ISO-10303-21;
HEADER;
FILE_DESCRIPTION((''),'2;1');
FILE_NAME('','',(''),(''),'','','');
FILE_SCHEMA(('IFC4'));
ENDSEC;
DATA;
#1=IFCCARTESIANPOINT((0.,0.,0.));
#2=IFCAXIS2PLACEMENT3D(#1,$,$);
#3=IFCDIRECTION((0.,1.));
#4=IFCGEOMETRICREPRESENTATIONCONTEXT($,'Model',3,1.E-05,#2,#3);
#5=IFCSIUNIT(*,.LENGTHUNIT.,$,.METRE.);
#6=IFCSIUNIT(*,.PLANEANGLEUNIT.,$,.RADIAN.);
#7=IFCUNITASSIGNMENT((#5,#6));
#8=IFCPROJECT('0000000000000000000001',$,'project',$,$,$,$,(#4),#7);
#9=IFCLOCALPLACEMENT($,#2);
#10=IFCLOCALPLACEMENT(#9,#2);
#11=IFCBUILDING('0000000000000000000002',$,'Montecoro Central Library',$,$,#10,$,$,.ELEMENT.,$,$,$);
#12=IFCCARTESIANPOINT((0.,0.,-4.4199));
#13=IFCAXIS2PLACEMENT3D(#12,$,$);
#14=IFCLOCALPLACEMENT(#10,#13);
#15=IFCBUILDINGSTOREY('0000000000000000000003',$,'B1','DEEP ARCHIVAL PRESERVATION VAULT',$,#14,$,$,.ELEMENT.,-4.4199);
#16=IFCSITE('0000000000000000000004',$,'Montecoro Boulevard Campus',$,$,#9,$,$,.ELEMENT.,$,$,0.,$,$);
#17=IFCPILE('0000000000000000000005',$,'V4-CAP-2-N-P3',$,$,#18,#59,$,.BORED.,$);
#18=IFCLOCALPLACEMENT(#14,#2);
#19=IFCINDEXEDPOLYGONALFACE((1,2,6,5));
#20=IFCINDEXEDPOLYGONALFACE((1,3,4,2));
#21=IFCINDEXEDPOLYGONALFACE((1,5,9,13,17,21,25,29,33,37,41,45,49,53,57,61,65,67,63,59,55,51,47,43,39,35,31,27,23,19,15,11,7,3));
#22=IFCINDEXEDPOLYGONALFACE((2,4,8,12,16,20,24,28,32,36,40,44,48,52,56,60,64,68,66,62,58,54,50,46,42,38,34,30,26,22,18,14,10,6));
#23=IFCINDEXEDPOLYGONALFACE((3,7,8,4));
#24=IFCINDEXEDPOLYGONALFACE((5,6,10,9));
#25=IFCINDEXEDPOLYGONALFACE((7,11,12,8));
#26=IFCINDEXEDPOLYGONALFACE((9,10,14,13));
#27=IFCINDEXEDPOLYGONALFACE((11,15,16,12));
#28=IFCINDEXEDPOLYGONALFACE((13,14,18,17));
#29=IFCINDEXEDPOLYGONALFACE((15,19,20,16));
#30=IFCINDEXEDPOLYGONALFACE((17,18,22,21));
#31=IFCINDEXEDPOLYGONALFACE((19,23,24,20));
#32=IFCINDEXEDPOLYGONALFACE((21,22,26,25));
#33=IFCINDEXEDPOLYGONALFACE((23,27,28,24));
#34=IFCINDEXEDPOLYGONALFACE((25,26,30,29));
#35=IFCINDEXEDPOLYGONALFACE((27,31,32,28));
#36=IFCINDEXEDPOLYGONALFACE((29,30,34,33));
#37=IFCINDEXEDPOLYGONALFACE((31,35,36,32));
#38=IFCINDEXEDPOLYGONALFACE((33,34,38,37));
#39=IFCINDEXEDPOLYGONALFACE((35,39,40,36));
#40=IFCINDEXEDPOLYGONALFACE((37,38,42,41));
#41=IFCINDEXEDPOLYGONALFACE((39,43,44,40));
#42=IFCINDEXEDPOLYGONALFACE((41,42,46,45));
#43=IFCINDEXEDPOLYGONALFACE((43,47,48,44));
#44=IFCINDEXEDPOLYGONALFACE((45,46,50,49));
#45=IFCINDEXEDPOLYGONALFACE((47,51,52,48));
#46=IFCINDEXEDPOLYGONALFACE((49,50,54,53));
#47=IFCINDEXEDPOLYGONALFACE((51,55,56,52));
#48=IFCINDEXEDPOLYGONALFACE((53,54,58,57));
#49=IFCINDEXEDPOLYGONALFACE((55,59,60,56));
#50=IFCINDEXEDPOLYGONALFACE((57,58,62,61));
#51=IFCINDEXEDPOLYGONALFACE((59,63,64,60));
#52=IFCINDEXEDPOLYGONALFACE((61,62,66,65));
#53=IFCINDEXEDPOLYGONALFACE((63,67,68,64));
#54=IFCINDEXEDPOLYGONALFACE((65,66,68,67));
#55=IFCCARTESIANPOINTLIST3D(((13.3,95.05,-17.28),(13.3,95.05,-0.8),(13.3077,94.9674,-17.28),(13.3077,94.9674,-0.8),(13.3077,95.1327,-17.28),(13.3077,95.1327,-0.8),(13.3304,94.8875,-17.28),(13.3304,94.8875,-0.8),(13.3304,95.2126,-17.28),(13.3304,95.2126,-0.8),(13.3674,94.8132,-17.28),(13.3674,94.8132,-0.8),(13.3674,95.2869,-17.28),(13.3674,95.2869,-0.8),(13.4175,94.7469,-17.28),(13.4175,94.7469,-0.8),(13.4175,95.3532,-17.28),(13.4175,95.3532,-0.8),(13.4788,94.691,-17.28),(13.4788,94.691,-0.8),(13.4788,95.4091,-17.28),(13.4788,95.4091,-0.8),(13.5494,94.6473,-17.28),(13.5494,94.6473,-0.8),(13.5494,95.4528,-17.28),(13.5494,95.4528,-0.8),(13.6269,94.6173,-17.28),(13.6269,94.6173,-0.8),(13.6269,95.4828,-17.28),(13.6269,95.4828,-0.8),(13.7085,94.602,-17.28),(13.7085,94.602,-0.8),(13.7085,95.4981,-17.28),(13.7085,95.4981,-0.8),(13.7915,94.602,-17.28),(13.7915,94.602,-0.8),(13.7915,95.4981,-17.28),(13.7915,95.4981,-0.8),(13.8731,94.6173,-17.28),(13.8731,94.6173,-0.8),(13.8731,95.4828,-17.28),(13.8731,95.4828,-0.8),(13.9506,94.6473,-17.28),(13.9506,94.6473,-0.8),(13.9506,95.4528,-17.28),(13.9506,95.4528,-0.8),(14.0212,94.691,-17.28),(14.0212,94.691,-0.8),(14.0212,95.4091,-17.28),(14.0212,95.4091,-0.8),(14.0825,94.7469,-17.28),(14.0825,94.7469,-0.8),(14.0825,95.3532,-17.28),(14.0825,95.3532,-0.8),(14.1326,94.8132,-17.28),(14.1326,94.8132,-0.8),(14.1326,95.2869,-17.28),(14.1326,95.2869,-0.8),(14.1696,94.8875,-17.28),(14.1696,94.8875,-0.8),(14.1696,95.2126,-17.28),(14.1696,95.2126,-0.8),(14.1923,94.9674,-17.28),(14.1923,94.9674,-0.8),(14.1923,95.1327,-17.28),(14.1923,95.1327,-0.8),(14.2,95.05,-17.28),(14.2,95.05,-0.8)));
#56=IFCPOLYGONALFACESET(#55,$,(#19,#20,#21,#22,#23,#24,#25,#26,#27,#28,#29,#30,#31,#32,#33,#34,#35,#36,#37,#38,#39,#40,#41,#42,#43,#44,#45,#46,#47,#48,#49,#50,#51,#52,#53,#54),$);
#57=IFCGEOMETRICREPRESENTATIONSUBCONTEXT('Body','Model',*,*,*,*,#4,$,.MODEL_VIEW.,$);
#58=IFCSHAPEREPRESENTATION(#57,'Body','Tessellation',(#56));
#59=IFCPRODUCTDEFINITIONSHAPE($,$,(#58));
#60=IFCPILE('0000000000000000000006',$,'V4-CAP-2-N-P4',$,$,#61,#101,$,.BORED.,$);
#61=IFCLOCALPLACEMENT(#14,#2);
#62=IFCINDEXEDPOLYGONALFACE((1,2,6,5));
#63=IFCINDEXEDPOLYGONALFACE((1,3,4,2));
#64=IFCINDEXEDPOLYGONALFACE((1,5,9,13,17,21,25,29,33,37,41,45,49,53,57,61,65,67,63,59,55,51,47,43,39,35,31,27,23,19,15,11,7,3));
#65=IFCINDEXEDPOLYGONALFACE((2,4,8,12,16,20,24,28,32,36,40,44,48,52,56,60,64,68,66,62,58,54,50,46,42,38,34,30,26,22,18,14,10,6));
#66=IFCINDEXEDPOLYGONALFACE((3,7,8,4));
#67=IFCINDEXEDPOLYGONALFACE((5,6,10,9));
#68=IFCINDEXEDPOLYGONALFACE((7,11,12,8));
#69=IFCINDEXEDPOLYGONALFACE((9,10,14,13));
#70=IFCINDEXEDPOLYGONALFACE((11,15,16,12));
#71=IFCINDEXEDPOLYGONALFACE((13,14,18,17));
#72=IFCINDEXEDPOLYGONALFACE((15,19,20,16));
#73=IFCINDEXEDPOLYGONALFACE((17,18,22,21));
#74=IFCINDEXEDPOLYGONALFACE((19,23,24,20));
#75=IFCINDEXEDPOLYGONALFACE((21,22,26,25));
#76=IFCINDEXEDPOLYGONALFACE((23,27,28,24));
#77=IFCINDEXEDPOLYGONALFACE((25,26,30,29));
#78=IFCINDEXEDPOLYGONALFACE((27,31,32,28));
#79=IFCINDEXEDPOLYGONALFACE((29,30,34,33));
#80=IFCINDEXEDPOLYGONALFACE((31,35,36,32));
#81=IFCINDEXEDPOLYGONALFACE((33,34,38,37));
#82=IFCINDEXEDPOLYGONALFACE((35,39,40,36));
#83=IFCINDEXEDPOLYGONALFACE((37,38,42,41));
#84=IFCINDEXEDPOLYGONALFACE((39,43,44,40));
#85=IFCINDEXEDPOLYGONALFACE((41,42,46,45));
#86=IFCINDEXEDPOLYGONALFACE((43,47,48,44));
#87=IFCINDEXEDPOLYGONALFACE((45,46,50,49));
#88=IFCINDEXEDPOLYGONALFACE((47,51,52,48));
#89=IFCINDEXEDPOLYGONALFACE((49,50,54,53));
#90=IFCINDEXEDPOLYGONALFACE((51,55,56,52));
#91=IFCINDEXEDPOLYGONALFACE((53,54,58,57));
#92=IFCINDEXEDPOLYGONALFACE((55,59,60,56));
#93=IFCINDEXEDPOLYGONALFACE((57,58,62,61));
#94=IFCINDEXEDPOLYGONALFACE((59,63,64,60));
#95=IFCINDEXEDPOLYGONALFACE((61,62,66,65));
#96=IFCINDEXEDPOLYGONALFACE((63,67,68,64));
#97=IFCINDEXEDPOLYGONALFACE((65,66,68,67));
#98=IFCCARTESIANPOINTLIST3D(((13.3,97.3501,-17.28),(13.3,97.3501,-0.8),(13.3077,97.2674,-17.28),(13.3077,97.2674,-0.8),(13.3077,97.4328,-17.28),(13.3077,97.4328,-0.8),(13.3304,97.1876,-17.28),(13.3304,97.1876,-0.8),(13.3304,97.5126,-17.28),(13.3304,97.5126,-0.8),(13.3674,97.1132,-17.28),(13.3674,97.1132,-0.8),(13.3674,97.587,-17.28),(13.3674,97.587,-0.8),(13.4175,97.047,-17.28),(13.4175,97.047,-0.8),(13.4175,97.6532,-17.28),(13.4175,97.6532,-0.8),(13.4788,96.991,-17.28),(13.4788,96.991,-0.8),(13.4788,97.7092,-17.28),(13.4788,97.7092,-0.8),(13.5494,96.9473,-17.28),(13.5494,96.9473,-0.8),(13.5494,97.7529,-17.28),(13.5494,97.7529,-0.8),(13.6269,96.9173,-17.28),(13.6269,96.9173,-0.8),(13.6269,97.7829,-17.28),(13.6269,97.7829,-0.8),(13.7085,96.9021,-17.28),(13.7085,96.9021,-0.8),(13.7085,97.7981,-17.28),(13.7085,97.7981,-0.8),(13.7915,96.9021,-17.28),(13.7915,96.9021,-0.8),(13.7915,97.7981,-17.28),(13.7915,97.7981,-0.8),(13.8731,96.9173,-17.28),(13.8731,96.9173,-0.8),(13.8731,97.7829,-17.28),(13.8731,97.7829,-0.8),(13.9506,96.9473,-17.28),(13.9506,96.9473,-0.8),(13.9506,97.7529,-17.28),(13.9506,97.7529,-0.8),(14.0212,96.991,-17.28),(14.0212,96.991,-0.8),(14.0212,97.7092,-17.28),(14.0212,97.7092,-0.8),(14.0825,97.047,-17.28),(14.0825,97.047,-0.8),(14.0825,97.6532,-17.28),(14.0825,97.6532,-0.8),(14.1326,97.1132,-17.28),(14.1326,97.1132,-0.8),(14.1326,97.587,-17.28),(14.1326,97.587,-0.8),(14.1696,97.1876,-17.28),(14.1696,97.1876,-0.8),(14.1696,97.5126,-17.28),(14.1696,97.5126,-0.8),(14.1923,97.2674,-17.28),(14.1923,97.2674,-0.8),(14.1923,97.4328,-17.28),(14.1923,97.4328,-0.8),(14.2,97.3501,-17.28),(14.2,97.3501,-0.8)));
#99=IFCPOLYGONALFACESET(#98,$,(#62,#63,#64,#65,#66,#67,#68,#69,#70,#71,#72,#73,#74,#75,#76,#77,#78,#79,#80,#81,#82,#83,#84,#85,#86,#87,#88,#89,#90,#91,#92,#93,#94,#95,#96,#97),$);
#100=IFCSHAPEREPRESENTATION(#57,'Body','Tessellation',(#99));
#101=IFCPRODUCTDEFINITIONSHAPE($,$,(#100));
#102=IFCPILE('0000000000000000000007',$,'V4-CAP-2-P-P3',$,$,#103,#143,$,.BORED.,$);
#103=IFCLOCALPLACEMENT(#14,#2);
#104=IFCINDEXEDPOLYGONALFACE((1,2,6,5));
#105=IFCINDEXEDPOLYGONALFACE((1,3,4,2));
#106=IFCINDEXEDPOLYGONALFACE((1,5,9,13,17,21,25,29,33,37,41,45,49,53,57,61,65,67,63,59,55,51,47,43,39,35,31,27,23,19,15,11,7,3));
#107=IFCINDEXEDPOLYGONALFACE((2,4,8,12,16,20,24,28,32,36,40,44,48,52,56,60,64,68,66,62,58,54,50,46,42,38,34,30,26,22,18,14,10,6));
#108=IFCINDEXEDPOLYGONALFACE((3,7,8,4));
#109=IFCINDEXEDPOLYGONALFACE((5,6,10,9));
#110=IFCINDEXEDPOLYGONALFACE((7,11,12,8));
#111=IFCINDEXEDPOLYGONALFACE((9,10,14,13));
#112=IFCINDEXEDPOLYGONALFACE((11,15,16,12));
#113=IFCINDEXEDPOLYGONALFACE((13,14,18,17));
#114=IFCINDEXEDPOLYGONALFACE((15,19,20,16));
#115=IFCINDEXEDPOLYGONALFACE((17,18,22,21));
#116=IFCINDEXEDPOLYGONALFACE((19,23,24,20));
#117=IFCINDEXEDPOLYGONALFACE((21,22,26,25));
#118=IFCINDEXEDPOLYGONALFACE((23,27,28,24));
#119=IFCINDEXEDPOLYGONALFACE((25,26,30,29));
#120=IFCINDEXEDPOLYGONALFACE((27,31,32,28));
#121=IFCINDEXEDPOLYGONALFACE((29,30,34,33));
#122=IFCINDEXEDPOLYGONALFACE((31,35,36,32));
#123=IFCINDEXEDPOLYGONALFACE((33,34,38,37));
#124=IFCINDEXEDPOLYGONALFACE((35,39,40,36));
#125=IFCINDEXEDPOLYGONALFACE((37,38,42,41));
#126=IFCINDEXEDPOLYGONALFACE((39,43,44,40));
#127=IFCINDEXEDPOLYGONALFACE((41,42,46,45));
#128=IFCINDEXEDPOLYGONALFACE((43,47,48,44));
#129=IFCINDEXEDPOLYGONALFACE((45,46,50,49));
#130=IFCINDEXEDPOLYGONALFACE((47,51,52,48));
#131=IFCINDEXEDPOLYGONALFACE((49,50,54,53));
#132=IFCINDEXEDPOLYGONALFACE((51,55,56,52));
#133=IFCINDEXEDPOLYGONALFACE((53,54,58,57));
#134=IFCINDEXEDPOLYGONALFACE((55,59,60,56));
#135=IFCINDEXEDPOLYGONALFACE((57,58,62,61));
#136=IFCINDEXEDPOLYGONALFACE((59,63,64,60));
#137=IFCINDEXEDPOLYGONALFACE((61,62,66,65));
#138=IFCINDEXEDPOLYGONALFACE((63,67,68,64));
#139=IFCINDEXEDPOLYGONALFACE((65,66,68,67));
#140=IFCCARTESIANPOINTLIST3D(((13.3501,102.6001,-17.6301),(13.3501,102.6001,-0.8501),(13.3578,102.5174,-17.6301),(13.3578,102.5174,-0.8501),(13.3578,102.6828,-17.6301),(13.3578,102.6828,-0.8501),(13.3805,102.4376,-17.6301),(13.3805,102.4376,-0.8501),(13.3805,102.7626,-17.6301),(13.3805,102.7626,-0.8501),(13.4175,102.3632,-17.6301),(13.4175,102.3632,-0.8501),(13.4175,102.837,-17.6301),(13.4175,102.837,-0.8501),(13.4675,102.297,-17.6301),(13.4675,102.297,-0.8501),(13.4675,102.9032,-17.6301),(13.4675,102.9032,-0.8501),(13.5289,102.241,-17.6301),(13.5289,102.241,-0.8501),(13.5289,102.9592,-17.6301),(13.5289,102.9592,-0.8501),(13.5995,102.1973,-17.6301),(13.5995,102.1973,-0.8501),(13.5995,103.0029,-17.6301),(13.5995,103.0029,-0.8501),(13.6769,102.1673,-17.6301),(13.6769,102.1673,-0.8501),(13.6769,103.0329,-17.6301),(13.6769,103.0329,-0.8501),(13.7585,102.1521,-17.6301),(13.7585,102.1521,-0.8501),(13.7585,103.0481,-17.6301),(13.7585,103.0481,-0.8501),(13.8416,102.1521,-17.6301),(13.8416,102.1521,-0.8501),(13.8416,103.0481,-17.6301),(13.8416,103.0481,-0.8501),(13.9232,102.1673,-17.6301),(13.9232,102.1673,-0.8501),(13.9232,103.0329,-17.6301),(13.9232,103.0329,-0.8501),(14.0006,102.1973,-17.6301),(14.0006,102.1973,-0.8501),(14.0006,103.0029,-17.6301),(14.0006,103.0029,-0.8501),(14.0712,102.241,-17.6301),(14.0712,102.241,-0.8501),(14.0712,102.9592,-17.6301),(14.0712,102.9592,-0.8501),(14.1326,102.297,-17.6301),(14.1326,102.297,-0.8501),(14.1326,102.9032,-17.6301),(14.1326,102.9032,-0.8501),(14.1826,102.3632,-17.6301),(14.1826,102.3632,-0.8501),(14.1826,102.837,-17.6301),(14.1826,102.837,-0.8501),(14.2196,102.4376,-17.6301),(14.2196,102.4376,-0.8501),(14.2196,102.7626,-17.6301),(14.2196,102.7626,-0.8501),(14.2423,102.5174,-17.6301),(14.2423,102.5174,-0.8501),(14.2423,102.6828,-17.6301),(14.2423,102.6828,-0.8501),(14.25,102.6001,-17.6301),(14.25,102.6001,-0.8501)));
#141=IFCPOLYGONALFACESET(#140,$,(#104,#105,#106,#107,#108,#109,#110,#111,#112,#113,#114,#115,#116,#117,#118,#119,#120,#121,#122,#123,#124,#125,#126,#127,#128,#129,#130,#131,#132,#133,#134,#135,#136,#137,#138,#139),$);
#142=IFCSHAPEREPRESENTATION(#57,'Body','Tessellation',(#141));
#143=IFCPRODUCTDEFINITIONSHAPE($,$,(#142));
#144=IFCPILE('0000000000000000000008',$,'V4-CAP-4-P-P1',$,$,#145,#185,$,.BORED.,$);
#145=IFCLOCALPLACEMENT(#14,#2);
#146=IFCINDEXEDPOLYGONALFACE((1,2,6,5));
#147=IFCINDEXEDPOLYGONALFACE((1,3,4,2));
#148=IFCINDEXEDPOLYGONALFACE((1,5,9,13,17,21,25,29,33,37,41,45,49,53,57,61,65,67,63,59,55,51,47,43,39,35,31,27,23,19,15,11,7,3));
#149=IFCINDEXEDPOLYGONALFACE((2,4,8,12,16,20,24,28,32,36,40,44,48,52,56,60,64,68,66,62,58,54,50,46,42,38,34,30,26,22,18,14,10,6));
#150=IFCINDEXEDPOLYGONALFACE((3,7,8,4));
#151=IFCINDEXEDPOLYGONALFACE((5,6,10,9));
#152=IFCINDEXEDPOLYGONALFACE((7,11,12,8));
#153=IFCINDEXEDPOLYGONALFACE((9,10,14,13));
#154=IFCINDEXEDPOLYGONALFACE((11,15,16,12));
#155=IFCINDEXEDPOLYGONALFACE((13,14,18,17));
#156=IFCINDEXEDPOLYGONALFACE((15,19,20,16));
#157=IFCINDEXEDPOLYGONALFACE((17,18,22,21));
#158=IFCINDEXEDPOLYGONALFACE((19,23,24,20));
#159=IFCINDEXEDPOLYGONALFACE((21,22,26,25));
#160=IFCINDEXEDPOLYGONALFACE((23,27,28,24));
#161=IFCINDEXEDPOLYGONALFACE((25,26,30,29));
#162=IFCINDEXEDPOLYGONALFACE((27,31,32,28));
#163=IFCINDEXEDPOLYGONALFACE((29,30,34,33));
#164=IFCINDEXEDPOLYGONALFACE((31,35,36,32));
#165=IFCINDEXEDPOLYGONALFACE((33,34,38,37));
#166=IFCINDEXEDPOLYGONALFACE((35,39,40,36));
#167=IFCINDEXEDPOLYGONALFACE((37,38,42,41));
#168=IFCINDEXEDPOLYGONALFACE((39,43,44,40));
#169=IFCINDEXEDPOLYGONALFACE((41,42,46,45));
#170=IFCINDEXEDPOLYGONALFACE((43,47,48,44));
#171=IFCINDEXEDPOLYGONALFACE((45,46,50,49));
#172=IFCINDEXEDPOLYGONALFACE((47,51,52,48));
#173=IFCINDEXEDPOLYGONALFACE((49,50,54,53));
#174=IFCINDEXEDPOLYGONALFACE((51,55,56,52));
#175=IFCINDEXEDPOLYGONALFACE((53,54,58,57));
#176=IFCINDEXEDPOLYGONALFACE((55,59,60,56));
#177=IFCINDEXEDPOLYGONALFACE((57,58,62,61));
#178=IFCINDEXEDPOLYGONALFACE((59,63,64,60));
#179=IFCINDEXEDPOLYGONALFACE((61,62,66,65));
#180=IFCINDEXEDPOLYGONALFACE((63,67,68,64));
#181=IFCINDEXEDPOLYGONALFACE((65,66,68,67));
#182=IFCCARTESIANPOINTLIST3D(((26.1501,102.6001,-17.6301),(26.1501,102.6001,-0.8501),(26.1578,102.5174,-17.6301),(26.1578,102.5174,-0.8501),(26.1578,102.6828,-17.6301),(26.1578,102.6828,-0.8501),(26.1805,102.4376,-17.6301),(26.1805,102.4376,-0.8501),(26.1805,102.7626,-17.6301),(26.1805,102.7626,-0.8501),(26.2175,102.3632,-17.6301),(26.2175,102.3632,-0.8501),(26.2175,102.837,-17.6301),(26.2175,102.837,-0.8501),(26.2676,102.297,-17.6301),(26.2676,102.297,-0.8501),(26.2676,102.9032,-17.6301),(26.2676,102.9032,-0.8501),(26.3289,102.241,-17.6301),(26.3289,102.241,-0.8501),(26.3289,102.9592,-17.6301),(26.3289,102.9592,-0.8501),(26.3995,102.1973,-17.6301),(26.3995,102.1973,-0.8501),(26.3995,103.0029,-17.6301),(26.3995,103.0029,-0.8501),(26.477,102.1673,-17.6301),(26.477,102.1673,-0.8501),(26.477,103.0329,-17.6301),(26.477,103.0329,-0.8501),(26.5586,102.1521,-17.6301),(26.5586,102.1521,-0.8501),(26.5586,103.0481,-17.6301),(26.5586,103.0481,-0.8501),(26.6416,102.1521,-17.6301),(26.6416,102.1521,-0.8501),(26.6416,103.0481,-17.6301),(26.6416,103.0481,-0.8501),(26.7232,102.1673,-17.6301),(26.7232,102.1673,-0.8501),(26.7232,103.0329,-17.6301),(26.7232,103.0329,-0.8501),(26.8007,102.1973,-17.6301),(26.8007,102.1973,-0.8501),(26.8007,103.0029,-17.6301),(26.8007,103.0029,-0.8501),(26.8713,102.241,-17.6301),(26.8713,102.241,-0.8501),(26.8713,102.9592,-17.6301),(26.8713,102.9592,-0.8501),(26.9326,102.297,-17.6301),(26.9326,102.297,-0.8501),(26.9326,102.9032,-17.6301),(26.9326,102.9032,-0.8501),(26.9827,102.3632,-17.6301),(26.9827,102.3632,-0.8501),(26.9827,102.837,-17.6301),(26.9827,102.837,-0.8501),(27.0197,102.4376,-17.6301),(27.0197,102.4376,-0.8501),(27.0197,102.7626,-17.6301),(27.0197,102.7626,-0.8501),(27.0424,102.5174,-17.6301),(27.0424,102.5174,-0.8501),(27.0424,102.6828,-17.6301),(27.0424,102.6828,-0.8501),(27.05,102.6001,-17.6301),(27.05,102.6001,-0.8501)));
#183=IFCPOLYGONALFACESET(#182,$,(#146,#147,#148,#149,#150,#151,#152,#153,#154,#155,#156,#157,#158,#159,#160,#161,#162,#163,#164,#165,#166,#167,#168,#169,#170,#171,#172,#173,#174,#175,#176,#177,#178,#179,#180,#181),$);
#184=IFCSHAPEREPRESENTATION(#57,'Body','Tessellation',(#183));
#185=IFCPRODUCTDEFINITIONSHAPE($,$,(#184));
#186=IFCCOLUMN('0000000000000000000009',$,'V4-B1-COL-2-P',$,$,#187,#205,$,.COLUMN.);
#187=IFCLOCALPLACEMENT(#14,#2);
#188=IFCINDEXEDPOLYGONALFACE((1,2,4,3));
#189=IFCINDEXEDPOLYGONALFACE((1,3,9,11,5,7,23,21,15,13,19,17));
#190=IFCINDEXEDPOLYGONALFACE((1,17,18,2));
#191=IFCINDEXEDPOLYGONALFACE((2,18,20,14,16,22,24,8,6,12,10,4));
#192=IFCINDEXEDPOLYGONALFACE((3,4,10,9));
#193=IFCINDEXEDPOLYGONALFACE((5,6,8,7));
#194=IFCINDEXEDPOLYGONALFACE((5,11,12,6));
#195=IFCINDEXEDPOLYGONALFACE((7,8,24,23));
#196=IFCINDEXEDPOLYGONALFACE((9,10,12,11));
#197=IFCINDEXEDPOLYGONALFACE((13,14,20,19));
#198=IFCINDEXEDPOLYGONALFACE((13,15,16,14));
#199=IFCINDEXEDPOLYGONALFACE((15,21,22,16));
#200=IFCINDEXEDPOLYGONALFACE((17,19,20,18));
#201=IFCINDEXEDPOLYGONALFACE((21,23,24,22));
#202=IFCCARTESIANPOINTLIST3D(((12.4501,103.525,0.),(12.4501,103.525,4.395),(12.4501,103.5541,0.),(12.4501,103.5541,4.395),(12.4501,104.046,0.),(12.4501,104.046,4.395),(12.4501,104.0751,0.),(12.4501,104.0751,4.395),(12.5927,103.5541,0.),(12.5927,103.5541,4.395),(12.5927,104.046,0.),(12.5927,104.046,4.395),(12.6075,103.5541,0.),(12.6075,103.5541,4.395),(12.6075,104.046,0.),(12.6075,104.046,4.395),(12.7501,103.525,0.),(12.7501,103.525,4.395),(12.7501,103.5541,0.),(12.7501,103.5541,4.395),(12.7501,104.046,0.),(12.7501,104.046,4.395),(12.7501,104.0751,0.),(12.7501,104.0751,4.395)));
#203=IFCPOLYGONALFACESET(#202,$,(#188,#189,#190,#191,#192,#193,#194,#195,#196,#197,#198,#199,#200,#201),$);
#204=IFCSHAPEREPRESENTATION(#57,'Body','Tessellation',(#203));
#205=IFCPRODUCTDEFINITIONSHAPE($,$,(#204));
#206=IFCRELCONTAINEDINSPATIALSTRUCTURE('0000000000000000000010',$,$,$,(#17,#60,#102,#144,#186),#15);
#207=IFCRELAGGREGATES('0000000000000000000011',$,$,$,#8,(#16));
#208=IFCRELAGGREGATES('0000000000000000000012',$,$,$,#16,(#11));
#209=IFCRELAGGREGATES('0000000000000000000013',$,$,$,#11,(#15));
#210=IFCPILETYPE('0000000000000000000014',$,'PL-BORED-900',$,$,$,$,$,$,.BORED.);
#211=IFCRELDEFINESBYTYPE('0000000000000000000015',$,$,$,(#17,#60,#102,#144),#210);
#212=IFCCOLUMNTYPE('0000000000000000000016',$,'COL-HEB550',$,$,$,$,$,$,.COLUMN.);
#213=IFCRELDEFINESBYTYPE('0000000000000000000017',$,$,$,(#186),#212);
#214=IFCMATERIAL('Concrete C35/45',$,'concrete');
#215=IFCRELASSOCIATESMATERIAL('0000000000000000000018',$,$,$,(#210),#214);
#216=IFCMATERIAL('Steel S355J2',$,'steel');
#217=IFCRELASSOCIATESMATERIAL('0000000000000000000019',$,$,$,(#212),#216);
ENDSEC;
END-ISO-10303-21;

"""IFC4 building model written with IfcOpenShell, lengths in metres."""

from ifc_helpers import new_model, si_unit, direction, frame, origin, origin_2d, place, context, subcontext, project, spatial, circle, i_section, extrude, material, material_profile, profile_set, type_object, element, save


model = new_model("IFC4")

# Units and contexts
model_context = context("Model", 3, precision=1e-05, world=origin(), true_north=direction((0.0, 1.0)))
body_context = subcontext(model_context, "Body", "Model", "MODEL_VIEW")
ifc_project = project(units=[si_unit("LENGTHUNIT", "METRE"), si_unit("PLANEANGLEUNIT", "RADIAN")], contexts=[model_context])

# Site, building, storey
site_placement = place(None, origin())
site = spatial("IfcSite", under=ifc_project, at=site_placement, Name="Montecoro Boulevard Campus", CompositionType="ELEMENT", RefElevation=0.0)
building_placement = place(site_placement, origin())
building = spatial("IfcBuilding", under=site, at=building_placement, Name="Montecoro Central Library", CompositionType="ELEMENT")
storey_placement = place(building_placement, frame((0.0, 0.0, -4.4199)))
storey = spatial("IfcBuildingStorey", under=building, at=storey_placement, Name="B1", Description="DEEP ARCHIVAL PRESERVATION VAULT", CompositionType="ELEMENT", Elevation=-4.4199)

# Shared definitions
ifc_material_1 = material(Name="Concrete C35/45", Category="concrete")

# Piles
ifc_material_profile_1 = material_profile(ifc_material_1, circle(Radius=0.45, at=origin_2d()), Name="PILE D900")
ifc_profile_set_1 = profile_set([ifc_material_profile_1], Name="Concrete C35/45")
pile_type_1 = type_object("IfcPileType", Name="PL-BORED-900", PredefinedType="BORED", material=ifc_profile_set_1)
for number, where, z_axis, x_axis, name in (
    (1, (13.75, 95.05, -0.8), (0.0, 0.0, -1.0), (1.0, 0.0, 0.0), "V4-CAP-2-N-P3"),
    (2, (13.75, 97.3501, -0.8), (0.0, 0.0, -1.0), (1.0, 0.0, 0.0), "V4-CAP-2-N-P4"),
):
    element("IfcPile", number, at=place(storey_placement, frame(where, z_axis=z_axis, x_axis=x_axis)), inside=storey, type_object=pile_type_1, Name=name, PredefinedType="BORED", context=body_context, shape_type="SweptSolid", body=[
        extrude(circle(Radius=0.45, at=origin_2d()), origin(), (0.0, 0.0, 1.0), 16.48),
    ])
for number, where, z_axis, x_axis, name in (
    (3, (13.8, 102.6001, -0.8501), (0.0, 0.0, -1.0), (1.0, 0.0, 0.0), "V4-CAP-2-P-P3"),
    (4, (26.6001, 102.6001, -0.8501), (0.0, 0.0, -1.0), (1.0, 0.0, 0.0), "V4-CAP-4-P-P1"),
):
    element("IfcPile", number, at=place(storey_placement, frame(where, z_axis=z_axis, x_axis=x_axis)), inside=storey, type_object=pile_type_1, Name=name, PredefinedType="BORED", context=body_context, shape_type="SweptSolid", body=[
        extrude(circle(Radius=0.45, at=origin_2d()), origin(), (0.0, 0.0, 1.0), 16.78),
    ])

# Column
ifc_material_2 = material(Name="Steel S355J2", Category="steel")
ifc_material_profile_2 = material_profile(ifc_material_2, i_section(OverallWidth=0.3, OverallDepth=0.55, WebThickness=0.0149, FlangeThickness=0.0291, at=origin_2d()), Name="HEB 550")
ifc_profile_set_2 = profile_set([ifc_material_profile_2], Name="Steel S355J2")
column_type = type_object("IfcColumnType", Name="COL-HEB550", PredefinedType="COLUMN", material=ifc_profile_set_2)
for number, where, z_axis, x_axis, name in (
    (5, (12.6001, 103.8, 0.0), (0.0, 0.0, 1.0), (1.0, 0.0, 0.0), "V4-B1-COL-2-P"),
):
    element("IfcColumn", number, at=place(storey_placement, frame(where, z_axis=z_axis, x_axis=x_axis)), inside=storey, type_object=column_type, Name=name, PredefinedType="COLUMN", context=body_context, shape_type="SweptSolid", body=[
        extrude(i_section(OverallWidth=0.3, OverallDepth=0.55, WebThickness=0.0149, FlangeThickness=0.0291, at=origin_2d()), origin(), (0.0, 0.0, 1.0), 4.395),
    ])

save(model, "model.ifc")
